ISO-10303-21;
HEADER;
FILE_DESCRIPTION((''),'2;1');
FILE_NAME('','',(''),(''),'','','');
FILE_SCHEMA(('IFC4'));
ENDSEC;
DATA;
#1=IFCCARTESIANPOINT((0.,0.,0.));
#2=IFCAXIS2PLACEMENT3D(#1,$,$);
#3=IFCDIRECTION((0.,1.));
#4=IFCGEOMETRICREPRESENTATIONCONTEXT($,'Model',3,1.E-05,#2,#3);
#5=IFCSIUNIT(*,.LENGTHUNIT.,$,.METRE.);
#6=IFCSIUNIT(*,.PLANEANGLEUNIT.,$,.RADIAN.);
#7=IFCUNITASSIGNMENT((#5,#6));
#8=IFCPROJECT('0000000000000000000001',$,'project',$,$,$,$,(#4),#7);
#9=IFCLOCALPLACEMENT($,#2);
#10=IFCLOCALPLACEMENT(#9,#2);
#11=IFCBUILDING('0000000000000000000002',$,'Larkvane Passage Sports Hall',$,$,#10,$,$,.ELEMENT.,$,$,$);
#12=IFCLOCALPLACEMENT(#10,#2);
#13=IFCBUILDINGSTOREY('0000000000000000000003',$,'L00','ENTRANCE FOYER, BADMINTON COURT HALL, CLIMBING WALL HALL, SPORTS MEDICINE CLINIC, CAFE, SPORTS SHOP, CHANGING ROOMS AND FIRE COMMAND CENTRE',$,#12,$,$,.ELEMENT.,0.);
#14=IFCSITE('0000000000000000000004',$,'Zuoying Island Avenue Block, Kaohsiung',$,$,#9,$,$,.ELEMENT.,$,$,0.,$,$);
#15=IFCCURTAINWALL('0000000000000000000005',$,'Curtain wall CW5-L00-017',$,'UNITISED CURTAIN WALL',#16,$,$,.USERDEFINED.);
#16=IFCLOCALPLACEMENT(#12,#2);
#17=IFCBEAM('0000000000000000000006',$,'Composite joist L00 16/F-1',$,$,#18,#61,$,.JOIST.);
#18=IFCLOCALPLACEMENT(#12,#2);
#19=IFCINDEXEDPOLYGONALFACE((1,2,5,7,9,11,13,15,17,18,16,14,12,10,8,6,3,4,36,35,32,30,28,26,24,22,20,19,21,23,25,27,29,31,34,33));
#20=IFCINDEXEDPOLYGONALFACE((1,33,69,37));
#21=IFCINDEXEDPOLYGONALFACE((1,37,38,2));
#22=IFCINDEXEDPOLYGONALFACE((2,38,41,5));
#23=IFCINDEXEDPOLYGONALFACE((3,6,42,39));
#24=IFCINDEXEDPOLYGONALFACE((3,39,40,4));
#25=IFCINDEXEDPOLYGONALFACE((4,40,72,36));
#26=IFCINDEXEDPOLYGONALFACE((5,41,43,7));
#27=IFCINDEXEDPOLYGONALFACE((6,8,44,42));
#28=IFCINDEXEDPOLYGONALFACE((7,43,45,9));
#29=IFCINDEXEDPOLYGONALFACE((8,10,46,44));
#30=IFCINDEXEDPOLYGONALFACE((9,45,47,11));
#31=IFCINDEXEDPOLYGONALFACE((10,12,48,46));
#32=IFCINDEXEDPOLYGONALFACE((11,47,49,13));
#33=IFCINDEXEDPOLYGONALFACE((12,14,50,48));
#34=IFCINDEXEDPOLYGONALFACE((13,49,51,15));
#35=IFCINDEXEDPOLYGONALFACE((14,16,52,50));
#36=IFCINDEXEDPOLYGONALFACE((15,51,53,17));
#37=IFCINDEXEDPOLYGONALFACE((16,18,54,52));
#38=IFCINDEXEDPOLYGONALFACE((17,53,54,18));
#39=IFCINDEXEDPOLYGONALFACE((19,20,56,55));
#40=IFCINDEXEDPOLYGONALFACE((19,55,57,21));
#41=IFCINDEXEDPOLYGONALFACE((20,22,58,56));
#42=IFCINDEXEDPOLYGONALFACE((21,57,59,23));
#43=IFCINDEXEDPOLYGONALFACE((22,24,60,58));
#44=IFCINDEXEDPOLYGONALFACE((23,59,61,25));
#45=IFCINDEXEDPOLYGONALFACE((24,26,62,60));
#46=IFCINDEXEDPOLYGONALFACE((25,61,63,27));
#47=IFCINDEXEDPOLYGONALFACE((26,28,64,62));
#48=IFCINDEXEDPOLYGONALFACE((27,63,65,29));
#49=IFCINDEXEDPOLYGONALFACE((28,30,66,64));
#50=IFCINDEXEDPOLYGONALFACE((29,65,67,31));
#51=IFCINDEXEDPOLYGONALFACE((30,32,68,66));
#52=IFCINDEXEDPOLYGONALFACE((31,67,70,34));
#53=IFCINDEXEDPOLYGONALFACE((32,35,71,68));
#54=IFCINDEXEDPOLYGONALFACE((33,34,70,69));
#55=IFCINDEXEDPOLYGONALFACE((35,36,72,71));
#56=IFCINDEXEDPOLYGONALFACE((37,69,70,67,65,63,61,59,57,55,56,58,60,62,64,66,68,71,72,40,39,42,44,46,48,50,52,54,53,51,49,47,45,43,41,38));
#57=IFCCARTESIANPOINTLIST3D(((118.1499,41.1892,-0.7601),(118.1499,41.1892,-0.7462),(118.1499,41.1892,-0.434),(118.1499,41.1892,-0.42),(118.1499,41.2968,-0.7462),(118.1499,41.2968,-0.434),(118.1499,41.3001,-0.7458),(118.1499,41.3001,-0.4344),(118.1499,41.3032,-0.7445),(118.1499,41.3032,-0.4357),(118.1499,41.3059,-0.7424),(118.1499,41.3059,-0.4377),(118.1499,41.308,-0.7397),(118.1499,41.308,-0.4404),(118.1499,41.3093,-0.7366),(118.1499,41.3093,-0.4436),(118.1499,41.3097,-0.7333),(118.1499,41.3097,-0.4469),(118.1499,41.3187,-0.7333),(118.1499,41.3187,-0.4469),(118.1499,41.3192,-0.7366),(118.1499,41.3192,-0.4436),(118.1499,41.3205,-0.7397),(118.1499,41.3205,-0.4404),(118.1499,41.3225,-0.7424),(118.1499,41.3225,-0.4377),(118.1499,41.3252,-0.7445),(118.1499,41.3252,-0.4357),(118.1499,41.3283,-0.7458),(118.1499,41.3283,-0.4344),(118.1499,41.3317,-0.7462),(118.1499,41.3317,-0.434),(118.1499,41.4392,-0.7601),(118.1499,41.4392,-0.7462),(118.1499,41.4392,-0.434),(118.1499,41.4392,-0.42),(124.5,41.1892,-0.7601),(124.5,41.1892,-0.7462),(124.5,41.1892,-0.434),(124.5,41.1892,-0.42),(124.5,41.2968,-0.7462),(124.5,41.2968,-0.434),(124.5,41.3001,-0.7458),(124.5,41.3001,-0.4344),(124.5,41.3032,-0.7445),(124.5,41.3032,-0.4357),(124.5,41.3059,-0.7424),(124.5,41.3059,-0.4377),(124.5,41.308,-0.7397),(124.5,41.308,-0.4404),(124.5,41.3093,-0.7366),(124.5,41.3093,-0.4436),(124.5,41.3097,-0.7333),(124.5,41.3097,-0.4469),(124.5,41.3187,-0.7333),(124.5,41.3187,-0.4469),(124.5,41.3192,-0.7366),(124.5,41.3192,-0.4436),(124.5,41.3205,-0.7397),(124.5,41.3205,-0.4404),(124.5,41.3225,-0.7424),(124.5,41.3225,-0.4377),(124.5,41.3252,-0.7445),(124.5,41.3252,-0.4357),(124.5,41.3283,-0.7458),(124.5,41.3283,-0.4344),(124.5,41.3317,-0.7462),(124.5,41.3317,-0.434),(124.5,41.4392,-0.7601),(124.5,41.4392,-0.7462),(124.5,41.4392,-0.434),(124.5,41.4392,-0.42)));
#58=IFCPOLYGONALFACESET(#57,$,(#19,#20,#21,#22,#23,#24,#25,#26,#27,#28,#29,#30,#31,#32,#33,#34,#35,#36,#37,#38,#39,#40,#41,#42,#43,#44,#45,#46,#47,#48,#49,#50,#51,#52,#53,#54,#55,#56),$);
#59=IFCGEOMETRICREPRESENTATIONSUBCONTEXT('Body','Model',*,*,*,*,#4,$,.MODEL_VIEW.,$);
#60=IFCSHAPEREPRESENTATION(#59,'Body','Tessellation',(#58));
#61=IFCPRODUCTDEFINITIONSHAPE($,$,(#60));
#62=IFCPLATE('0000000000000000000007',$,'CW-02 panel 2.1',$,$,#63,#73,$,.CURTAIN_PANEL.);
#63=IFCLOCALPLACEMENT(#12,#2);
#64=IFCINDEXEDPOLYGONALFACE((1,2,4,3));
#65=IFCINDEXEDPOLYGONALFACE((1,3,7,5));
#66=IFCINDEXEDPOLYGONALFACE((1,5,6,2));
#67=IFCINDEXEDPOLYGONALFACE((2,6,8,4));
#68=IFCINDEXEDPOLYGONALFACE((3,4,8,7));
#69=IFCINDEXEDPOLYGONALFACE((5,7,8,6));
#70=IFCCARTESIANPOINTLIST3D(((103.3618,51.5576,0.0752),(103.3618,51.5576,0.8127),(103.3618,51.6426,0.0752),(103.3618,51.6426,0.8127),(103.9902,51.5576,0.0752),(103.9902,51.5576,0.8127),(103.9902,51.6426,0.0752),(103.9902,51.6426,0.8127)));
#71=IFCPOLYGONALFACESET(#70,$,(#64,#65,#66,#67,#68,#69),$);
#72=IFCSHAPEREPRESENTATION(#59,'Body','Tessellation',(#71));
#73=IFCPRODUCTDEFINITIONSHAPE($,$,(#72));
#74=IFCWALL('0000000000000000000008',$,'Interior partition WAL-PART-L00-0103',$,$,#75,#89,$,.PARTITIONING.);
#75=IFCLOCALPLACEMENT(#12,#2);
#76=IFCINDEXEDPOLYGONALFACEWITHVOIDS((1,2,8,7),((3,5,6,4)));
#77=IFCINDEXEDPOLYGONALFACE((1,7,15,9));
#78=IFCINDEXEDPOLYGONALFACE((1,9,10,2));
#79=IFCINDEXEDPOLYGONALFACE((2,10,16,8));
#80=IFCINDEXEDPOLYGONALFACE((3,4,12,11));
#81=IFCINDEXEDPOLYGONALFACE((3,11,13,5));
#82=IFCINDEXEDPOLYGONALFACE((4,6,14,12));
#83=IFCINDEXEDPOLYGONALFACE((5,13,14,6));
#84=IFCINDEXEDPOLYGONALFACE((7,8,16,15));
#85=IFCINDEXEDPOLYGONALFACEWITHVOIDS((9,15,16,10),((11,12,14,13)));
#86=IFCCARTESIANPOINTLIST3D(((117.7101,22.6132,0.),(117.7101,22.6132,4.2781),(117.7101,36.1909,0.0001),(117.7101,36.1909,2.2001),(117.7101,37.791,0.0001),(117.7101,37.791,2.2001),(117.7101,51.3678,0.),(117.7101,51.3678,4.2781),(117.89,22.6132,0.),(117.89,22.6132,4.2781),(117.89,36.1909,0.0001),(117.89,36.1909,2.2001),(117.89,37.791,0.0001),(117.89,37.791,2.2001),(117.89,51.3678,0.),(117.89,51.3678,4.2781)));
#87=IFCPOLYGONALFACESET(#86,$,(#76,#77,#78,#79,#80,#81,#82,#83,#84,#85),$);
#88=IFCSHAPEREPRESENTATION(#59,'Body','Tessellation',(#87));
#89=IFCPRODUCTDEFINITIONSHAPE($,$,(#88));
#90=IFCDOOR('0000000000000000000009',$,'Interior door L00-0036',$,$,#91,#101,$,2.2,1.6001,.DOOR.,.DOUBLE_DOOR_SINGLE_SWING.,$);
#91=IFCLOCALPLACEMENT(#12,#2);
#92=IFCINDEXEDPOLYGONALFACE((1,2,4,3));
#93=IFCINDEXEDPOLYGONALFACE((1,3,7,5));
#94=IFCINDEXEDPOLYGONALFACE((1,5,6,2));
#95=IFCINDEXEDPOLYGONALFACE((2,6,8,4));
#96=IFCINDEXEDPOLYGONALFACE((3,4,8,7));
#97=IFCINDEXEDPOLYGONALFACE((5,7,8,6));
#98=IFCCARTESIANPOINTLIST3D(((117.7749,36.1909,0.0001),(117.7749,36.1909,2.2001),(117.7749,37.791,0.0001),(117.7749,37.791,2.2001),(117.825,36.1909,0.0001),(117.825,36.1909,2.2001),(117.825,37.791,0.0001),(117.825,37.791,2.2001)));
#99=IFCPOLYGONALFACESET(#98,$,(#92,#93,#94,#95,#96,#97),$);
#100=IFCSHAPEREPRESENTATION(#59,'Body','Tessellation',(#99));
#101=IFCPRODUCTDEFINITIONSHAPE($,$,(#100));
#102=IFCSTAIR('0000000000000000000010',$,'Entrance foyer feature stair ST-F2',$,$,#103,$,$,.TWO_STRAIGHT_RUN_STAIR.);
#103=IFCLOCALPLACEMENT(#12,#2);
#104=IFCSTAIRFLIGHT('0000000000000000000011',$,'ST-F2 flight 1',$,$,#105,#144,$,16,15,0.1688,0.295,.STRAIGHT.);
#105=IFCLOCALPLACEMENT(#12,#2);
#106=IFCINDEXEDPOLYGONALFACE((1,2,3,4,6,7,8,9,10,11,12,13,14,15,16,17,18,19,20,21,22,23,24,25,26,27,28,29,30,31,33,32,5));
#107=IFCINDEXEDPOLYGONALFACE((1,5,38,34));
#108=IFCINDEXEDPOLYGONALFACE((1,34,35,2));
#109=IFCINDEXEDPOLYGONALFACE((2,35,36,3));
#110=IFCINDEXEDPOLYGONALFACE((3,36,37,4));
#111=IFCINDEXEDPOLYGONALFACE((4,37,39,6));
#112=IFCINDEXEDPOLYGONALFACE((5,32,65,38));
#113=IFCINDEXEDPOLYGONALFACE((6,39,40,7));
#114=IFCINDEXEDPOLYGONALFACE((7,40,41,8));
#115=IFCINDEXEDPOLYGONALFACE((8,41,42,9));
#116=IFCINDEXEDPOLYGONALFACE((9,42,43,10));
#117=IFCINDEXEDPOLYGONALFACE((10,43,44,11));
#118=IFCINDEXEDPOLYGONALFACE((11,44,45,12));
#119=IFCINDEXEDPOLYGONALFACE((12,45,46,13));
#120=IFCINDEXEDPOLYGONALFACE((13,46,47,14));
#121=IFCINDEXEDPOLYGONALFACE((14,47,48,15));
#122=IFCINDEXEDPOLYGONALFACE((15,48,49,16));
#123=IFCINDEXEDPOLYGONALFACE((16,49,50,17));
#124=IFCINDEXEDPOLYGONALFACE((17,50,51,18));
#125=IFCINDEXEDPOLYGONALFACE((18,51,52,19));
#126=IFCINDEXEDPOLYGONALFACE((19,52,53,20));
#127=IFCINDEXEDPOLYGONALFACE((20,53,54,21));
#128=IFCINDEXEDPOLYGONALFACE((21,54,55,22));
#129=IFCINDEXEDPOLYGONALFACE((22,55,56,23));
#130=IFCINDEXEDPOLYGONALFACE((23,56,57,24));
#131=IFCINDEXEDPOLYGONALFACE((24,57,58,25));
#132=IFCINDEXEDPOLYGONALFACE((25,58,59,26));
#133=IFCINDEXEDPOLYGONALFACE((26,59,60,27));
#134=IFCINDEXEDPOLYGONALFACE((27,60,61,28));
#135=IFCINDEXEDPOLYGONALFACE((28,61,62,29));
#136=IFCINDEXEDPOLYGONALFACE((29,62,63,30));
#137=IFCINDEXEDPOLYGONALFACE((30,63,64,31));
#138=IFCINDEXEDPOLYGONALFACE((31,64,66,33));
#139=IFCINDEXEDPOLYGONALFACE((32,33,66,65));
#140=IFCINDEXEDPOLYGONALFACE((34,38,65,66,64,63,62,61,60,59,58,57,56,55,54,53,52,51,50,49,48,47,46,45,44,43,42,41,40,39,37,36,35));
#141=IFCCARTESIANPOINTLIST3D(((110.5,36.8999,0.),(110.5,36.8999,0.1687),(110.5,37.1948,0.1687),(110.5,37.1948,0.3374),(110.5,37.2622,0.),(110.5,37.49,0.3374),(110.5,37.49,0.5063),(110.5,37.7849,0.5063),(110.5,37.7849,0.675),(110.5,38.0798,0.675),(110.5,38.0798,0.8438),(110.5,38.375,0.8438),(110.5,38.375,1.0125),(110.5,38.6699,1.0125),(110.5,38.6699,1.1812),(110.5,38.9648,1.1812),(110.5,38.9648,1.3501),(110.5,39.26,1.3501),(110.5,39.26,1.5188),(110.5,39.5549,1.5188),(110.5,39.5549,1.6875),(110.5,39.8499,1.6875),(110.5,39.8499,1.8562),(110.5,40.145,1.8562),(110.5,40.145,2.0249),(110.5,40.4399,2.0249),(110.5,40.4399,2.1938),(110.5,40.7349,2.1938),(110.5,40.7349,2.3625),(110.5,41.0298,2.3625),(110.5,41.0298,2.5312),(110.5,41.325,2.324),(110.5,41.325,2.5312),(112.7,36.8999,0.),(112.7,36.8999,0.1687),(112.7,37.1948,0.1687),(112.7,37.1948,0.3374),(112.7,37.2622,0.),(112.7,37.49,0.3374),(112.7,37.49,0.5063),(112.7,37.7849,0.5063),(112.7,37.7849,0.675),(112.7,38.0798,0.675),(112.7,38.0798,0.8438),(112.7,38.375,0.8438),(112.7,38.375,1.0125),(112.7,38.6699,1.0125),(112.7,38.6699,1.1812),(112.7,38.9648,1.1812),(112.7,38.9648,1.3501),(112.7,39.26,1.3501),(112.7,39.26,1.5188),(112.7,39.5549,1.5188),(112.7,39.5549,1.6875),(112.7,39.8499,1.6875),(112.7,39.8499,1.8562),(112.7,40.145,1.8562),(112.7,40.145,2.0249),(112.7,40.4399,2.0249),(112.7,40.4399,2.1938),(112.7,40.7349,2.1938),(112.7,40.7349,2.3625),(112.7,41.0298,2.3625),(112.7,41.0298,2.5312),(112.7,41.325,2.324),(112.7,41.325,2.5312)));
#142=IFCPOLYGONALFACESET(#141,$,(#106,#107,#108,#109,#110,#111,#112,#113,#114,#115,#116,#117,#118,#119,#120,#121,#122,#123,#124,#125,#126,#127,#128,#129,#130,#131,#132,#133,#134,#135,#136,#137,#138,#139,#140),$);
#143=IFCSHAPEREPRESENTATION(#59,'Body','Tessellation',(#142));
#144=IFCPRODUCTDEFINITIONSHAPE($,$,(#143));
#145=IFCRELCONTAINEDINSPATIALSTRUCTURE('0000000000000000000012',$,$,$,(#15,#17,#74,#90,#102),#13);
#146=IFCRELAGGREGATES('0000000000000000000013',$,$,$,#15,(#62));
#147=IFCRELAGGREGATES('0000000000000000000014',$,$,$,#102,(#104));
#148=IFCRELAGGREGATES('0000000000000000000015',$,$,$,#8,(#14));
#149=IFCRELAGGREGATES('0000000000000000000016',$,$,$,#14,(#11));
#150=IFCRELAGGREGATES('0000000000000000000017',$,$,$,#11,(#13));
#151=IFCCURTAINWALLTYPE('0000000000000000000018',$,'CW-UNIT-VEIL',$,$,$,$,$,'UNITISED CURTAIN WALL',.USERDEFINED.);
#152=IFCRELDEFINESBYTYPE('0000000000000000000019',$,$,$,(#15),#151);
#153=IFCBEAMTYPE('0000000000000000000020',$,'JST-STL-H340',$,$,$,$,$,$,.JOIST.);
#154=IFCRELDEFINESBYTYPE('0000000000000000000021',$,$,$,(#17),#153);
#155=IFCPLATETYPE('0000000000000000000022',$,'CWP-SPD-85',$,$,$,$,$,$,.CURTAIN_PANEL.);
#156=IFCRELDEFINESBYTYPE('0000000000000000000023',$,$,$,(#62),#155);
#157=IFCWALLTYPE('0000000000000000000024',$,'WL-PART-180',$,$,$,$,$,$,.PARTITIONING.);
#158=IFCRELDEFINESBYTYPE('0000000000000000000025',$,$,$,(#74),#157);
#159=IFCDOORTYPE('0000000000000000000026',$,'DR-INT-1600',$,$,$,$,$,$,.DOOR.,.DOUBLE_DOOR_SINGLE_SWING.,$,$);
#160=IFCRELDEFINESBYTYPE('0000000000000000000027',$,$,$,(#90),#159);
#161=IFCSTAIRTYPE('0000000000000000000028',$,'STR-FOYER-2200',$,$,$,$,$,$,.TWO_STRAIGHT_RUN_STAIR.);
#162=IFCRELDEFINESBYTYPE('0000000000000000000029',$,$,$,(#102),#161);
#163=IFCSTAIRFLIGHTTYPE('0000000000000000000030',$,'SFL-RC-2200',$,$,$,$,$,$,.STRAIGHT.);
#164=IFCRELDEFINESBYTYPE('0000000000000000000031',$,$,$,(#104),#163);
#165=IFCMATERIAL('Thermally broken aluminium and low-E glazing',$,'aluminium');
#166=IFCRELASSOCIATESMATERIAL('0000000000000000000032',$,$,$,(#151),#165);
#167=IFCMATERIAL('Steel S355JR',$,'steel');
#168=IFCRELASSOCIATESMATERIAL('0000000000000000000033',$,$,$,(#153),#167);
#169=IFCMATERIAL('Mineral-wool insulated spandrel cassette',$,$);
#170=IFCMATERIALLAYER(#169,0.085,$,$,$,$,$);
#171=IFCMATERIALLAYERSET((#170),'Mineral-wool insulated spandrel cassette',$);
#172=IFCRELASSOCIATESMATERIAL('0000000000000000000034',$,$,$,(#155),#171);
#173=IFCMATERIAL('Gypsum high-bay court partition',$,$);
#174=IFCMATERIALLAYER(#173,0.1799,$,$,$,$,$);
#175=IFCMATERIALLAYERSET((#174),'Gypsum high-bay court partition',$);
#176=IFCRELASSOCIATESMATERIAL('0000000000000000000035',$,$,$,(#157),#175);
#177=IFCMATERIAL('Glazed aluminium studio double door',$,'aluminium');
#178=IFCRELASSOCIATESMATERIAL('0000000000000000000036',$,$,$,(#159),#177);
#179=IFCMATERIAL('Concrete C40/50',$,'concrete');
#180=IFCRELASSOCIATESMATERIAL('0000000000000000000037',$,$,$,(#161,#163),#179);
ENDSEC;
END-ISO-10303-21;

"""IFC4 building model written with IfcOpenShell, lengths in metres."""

from ifc_helpers import new_model, si_unit, direction, frame, frame_2d, origin, origin_2d, place, context, subcontext, project, spatial, polyline, rectangle, i_section, outline, extrude, material, layer, layer_set, material_profile, profile_set, type_object, element, fill, aggregate, save


model = new_model("IFC4")

# Units and contexts
model_context = context("Model", 3, precision=1e-05, world=origin(), true_north=direction((0.0, 1.0)))
body_context = subcontext(model_context, "Body", "Model", "MODEL_VIEW")
ifc_project = project(units=[si_unit("LENGTHUNIT", "METRE"), si_unit("PLANEANGLEUNIT", "RADIAN")], contexts=[model_context])

# Site, building, storey
site_placement = place(None, origin())
site = spatial("IfcSite", under=ifc_project, at=site_placement, Name="Zuoying Island Avenue Block, Kaohsiung", CompositionType="ELEMENT", RefElevation=0.0)
building_placement = place(site_placement, origin())
building = spatial("IfcBuilding", under=site, at=building_placement, Name="Larkvane Passage Sports Hall", CompositionType="ELEMENT")
storey_placement = place(building_placement, origin())
storey = spatial("IfcBuildingStorey", under=building, at=storey_placement, Name="L00", Description="ENTRANCE FOYER, BADMINTON COURT HALL, CLIMBING WALL HALL, SPORTS MEDICINE CLINIC, CAFE, SPORTS SHOP, CHANGING ROOMS AND FIRE COMMAND CENTRE", CompositionType="ELEMENT", Elevation=0.0)

# Shared definitions
ifc_material_1 = material(Name="Steel S355JR", Category="steel")

# Curtain wall
ifc_material_2 = material(Name="Thermally broken aluminium and low-E glazing", Category="aluminium")
curtain_wall_type = type_object("IfcCurtainWallType", Name="CW-UNIT-VEIL", ElementType="UNITISED CURTAIN WALL", PredefinedType="USERDEFINED", material=ifc_material_2)
curtain_wall_placement = place(storey_placement, origin())
curtain_wall = element("IfcCurtainWall", 1, at=curtain_wall_placement, inside=storey, type_object=curtain_wall_type, Name="Curtain wall CW5-L00-017", ObjectType="UNITISED CURTAIN WALL", PredefinedType="USERDEFINED")

# Beam
ifc_material_profile_1 = material_profile(ifc_material_1, i_section(OverallWidth=0.25, OverallDepth=0.3401, WebThickness=0.009, FlangeThickness=0.0139, FilletRadius=0.0129, at=origin_2d()), Name="H-340x250x9x14")
ifc_profile_set_1 = profile_set([ifc_material_profile_1], Name="Steel S355JR")
beam_type_1 = type_object("IfcBeamType", Name="JST-STL-H340", PredefinedType="JOIST", material=ifc_profile_set_1)
beam_1_placement = place(storey_placement, frame((118.1499, 41.3142, -0.5901), z_axis=(1.0, 0.0, 0.0), x_axis=(0.0, 1.0, 0.0)))
element("IfcBeam", 2, at=beam_1_placement, inside=storey, type_object=beam_type_1, Name="Composite joist L00 16/F-1", PredefinedType="JOIST", context=body_context, shape_type="SweptSolid", body=[
    extrude(i_section(OverallWidth=0.25, OverallDepth=0.3401, WebThickness=0.009, FlangeThickness=0.0139, FilletRadius=0.0129, at=origin_2d()), origin(), (0.0, 0.0, 1.0), 6.3501),
])

# Plate
ifc_material_3 = material(Name="Mineral-wool insulated spandrel cassette")
ifc_layer_1 = layer(ifc_material_3, 0.085)
ifc_layer_set_1 = layer_set([ifc_layer_1], Name="Mineral-wool insulated spandrel cassette")
plate_type = type_object("IfcPlateType", Name="CWP-SPD-85", PredefinedType="CURTAIN_PANEL", material=ifc_layer_set_1)
plate_placement = place(storey_placement, frame((103.676, 51.6001, 0.0752), z_axis=(0.0, 0.0, 1.0), x_axis=(1.0, 0.0, 0.0)))
plate = element("IfcPlate", 3, at=plate_placement, type_object=plate_type, Name="CW-02 panel 2.1", PredefinedType="CURTAIN_PANEL", context=body_context, shape_type="SweptSolid", body=[
    extrude(rectangle(XDim=0.6284, YDim=0.085, at=origin_2d()), origin(), (0.0, 0.0, 1.0), 0.7375),
])
aggregate(curtain_wall, [plate])

# Wall, opening, door
ifc_material_4 = material(Name="Gypsum high-bay court partition")
ifc_layer_2 = layer(ifc_material_4, 0.1799)
ifc_layer_set_2 = layer_set([ifc_layer_2], Name="Gypsum high-bay court partition")
wall_type = type_object("IfcWallType", Name="WL-PART-180", PredefinedType="PARTITIONING", material=ifc_layer_set_2)
wall_placement = place(storey_placement, frame((117.8, 51.3679, 0.0), z_axis=(0.0, 0.0, 1.0), x_axis=(0.0, -1.0, 0.0)))
wall = element("IfcWall", 4, at=wall_placement, inside=storey, type_object=wall_type, Name="Interior partition WAL-PART-L00-0103", PredefinedType="PARTITIONING", context=body_context, shape_type="SweptSolid", body=[
    extrude(rectangle(XDim=28.7546, YDim=0.1799, at=frame_2d((14.3774, 0.0))), origin(), (0.0, 0.0, 1.0), 4.2781),
])
opening_placement = place(wall_placement, frame((13.5769, 0.0, 0.0)))
opening = element("IfcOpeningElement", 5, at=opening_placement, cuts=wall, PredefinedType="OPENING", context=body_context, shape_type="SweptSolid", body=[
    extrude(rectangle(XDim=1.6001, YDim=2.2, at=frame_2d((0.8, 1.1001))), frame((0.0, 0.0999, 0.0), z_axis=(0.0, -1.0, 0.0), x_axis=(1.0, 0.0, 0.0)), (0.0, 0.0, 1.0), 0.2),
])
ifc_material_5 = material(Name="Glazed aluminium studio double door", Category="aluminium")
door_type = type_object("IfcDoorType", Name="DR-INT-1600", OperationType="DOUBLE_DOOR_SINGLE_SWING", PredefinedType="DOOR", material=ifc_material_5)
door_placement = place(opening_placement, origin())
door = element("IfcDoor", 6, at=door_placement, inside=storey, type_object=door_type, Name="Interior door L00-0036", OperationType="DOUBLE_DOOR_SINGLE_SWING", OverallHeight=2.2, OverallWidth=1.6001, PredefinedType="DOOR", context=body_context, shape_type="SweptSolid", body=[
    extrude(rectangle(XDim=1.6001, YDim=2.2, at=frame_2d((0.8, 1.1001))), frame((0.0, 0.0249, 0.0), z_axis=(0.0, -1.0, 0.0), x_axis=(1.0, 0.0, 0.0)), (0.0, 0.0, 1.0), 0.05),
])
fill(opening, door)

# Stair, stair flight
ifc_material_6 = material(Name="Concrete C40/50", Category="concrete")
stair_type = type_object("IfcStairType", Name="STR-FOYER-2200", PredefinedType="TWO_STRAIGHT_RUN_STAIR", material=ifc_material_6)
stair_placement = place(storey_placement, origin())
stair = element("IfcStair", 7, at=stair_placement, inside=storey, type_object=stair_type, Name="Entrance foyer feature stair ST-F2", PredefinedType="TWO_STRAIGHT_RUN_STAIR")
stair_flight_type = type_object("IfcStairFlightType", Name="SFL-RC-2200", PredefinedType="STRAIGHT", material=ifc_material_6)
stair_flight_1_placement = place(storey_placement, frame((111.6001, 36.8999, 0.0), z_axis=(0.0, 0.0, 1.0), x_axis=(0.0, 1.0, 0.0)))
stair_flight_1 = element("IfcStairFlight", 8, at=stair_flight_1_placement, type_object=stair_flight_type, Name="ST-F2 flight 1", NumberOfRisers=16, NumberOfTreads=15, PredefinedType="STRAIGHT", RiserHeight=0.1688, TreadLength=0.295, context=body_context, shape_type="SweptSolid", body=[
    extrude(outline(polyline([(0.0, 0.0), (0.0, 0.1687), (0.2949, 0.1687), (0.2949, 0.3374), (0.5901, 0.3374), (0.5901, 0.5063), (0.885, 0.5063), (0.885, 0.675), (1.1799, 0.675), (1.1799, 0.8438), (1.4751, 0.8438), (1.4751, 1.0125), (1.77, 1.0125), (1.77, 1.1812), (2.0649, 1.1812), (2.0649, 1.3501), (2.3601, 1.3501), (2.3601, 1.5188), (2.655, 1.5188), (2.655, 1.6875), (2.95, 1.6875), (2.95, 1.8562), (3.2451, 1.8562), (3.2451, 2.0249), (3.54, 2.0249), (3.54, 2.1938), (3.835, 2.1938), (3.835, 2.3625), (4.1299, 2.3625), (4.1299, 2.5312), (4.425, 2.5312), (4.425, 2.7), (4.425, 2.324), (0.3623, 0.0), (0.0, 0.0)])), frame((0.0, 1.1001, 0.0), z_axis=(0.0, -1.0, 0.0), x_axis=(1.0, 0.0, 0.0)), (0.0, 0.0, 1.0), 2.2),
])
aggregate(stair, [stair_flight_1])

save(model, "model.ifc")
